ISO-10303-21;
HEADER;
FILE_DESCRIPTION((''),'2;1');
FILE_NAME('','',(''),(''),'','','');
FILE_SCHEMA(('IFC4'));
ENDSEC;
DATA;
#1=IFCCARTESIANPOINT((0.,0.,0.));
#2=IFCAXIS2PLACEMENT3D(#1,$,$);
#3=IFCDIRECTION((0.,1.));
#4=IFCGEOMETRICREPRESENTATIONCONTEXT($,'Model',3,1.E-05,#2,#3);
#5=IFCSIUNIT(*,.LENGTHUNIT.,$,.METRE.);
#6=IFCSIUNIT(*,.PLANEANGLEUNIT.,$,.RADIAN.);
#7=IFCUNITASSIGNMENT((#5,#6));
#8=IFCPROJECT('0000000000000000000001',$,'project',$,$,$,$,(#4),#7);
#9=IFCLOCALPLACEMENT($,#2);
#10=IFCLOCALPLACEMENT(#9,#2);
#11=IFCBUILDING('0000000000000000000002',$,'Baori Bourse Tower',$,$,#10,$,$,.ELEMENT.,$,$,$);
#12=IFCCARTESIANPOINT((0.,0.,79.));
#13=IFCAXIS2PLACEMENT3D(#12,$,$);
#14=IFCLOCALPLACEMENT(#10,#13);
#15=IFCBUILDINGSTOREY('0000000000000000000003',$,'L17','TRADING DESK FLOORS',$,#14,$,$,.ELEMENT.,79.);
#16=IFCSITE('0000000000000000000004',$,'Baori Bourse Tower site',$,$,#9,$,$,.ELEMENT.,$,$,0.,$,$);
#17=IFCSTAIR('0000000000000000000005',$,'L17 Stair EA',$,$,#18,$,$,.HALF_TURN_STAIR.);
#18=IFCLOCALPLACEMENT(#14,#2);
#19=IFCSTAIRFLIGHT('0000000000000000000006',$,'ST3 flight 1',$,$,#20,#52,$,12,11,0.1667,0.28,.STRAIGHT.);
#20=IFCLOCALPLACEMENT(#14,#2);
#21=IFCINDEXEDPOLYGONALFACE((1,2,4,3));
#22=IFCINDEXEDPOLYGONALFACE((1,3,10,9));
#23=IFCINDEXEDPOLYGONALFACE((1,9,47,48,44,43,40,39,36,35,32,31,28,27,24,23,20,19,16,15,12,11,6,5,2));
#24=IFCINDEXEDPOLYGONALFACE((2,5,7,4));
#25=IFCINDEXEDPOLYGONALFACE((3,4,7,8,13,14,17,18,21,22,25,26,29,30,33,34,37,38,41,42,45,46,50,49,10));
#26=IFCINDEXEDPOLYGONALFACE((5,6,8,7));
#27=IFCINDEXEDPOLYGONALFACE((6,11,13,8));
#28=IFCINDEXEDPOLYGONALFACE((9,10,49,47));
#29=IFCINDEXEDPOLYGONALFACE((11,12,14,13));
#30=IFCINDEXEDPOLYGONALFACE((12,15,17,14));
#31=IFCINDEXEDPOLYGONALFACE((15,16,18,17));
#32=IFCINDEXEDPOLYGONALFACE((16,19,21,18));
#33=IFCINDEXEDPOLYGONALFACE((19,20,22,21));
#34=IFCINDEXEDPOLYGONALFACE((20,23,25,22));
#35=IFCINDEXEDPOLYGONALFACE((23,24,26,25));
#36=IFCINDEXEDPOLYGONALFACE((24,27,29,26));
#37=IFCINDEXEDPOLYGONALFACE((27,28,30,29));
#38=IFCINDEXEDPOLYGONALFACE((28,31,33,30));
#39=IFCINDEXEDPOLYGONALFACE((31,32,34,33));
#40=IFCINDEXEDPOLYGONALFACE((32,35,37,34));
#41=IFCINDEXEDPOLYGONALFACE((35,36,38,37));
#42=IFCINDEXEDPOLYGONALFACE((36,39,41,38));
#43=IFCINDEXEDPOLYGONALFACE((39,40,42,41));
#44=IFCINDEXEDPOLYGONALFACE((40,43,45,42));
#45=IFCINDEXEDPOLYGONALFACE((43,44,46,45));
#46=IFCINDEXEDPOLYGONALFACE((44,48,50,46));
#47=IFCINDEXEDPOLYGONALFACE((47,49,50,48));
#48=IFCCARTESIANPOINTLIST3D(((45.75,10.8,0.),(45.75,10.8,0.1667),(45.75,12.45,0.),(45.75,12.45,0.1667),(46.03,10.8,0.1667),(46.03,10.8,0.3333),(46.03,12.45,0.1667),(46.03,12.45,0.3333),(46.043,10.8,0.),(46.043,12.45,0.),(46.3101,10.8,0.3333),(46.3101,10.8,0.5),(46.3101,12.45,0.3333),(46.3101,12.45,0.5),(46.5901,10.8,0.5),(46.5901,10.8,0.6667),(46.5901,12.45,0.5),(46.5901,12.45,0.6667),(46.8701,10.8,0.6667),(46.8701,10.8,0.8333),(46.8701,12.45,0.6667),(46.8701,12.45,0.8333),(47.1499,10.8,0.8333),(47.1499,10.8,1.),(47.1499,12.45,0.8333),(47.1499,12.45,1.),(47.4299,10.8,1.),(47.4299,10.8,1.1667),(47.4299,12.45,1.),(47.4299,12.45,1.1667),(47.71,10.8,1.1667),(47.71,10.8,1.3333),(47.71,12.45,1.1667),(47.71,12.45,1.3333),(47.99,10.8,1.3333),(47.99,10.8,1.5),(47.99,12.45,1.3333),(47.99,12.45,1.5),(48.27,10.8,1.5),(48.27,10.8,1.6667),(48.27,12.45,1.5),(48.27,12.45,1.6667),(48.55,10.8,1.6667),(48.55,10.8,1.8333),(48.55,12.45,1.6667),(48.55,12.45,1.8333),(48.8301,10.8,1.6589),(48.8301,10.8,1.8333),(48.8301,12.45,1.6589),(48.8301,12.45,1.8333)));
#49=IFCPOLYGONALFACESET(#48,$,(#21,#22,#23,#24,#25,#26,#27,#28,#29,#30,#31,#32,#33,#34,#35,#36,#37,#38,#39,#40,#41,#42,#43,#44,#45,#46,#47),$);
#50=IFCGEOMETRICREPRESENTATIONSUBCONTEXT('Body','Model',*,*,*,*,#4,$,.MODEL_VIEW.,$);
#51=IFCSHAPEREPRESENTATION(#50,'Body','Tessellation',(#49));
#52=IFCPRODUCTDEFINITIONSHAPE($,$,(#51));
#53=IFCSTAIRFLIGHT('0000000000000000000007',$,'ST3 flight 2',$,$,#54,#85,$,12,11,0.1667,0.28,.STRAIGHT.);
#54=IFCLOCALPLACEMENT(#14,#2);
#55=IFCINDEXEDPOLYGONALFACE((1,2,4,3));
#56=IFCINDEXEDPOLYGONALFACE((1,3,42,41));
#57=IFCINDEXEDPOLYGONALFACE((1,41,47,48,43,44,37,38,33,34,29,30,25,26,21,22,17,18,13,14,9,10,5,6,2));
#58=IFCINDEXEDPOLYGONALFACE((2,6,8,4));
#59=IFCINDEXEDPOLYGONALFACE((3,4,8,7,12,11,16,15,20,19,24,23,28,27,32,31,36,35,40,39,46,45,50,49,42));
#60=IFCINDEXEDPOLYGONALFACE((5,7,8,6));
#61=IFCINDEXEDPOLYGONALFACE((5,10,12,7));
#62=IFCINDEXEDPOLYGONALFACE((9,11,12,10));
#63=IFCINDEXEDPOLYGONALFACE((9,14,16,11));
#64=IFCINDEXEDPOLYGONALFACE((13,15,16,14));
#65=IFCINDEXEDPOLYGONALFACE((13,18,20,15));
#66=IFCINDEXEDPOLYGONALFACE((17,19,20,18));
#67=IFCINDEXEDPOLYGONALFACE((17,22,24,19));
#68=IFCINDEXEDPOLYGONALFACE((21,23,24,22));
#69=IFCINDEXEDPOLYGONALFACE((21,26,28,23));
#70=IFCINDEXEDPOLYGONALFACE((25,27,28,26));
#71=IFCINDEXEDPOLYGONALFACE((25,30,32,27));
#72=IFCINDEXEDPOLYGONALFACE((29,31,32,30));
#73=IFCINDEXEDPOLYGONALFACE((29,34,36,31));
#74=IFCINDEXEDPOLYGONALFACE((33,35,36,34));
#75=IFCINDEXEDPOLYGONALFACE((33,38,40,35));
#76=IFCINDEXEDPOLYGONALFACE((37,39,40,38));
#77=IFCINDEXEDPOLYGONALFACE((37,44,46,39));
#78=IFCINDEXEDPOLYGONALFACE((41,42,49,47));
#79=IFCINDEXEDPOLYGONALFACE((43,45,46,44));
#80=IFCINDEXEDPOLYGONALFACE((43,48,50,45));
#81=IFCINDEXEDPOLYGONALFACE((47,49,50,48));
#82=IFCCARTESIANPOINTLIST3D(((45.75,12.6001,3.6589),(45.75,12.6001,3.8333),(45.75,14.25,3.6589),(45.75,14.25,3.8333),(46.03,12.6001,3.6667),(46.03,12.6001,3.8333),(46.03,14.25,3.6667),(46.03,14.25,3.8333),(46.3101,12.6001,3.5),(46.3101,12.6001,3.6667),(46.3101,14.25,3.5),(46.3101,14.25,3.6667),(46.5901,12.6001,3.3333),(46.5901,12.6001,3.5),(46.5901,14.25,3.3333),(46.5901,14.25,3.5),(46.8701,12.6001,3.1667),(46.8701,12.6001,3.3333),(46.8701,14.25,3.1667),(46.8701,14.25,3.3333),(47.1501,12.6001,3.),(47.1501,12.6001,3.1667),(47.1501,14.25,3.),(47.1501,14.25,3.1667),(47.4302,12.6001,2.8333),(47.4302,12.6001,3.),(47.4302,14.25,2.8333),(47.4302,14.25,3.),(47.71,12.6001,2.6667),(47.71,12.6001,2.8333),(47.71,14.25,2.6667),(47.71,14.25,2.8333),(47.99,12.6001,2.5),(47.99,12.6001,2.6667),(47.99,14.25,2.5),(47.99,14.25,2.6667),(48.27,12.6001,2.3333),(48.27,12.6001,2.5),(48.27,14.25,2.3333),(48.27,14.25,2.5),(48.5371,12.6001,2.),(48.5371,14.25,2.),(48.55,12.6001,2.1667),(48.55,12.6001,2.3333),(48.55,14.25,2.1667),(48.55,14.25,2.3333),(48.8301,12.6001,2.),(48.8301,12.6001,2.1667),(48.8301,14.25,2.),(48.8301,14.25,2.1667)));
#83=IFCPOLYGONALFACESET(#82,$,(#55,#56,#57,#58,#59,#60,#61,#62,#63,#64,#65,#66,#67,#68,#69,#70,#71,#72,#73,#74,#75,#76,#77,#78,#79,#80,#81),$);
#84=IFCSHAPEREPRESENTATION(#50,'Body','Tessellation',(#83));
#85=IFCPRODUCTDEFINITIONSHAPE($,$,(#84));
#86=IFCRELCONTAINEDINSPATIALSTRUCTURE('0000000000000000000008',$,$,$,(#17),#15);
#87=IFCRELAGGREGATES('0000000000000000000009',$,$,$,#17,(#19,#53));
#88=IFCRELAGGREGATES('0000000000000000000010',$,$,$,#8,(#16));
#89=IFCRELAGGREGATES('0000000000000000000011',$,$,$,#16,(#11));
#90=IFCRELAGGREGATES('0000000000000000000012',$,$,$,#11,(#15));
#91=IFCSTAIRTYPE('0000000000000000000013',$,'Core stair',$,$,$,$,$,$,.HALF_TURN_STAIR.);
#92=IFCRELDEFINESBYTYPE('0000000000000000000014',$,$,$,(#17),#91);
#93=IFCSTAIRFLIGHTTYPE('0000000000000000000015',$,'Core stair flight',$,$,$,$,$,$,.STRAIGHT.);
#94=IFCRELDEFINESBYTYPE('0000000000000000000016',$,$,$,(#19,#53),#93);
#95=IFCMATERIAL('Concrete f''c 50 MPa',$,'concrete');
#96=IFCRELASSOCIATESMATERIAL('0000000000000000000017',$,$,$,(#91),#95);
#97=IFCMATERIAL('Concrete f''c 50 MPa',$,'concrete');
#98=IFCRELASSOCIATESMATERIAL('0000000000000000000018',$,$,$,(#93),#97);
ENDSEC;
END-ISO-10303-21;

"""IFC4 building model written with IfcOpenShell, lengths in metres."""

from ifc_helpers import new_model, si_unit, direction, frame, origin, place, context, subcontext, project, spatial, polyline, outline, extrude, material, type_object, element, aggregate, save


model = new_model("IFC4")

# Units and contexts
model_context = context("Model", 3, precision=1e-05, world=origin(), true_north=direction((0.0, 1.0)))
body_context = subcontext(model_context, "Body", "Model", "MODEL_VIEW")
ifc_project = project(units=[si_unit("LENGTHUNIT", "METRE"), si_unit("PLANEANGLEUNIT", "RADIAN")], contexts=[model_context])

# Site, building, storey
site_placement = place(None, origin())
site = spatial("IfcSite", under=ifc_project, at=site_placement, Name="Baori Bourse Tower site", CompositionType="ELEMENT", RefElevation=0.0)
building_placement = place(site_placement, origin())
building = spatial("IfcBuilding", under=site, at=building_placement, Name="Baori Bourse Tower", CompositionType="ELEMENT")
storey_placement = place(building_placement, frame((0.0, 0.0, 79.0)))
storey = spatial("IfcBuildingStorey", under=building, at=storey_placement, Name="L17", Description="TRADING DESK FLOORS", CompositionType="ELEMENT", Elevation=79.0)

# Stair, stair flights
ifc_material_1 = material(Name="Concrete f'c 50 MPa", Category="concrete")
stair_type = type_object("IfcStairType", Name="Core stair", PredefinedType="HALF_TURN_STAIR", material=ifc_material_1)
stair_placement = place(storey_placement, origin())
stair = element("IfcStair", 1, at=stair_placement, inside=storey, type_object=stair_type, Name="L17 Stair EA", PredefinedType="HALF_TURN_STAIR")
ifc_material_2 = material(Name="Concrete f'c 50 MPa", Category="concrete")
stair_flight_type = type_object("IfcStairFlightType", Name="Core stair flight", PredefinedType="STRAIGHT", material=ifc_material_2)
stair_flight_1_placement = place(storey_placement, frame((45.75, 11.625, 0.0), z_axis=(0.0, 0.0, 1.0), x_axis=(1.0, 0.0, 0.0)))
stair_flight_1 = element("IfcStairFlight", 2, at=stair_flight_1_placement, type_object=stair_flight_type, Name="ST3 flight 1", NumberOfRisers=12, NumberOfTreads=11, PredefinedType="STRAIGHT", RiserHeight=0.1667, TreadLength=0.28, context=body_context, shape_type="SweptSolid", body=[
    extrude(outline(polyline([(0.0, 0.0), (0.0, 0.1667), (0.28, 0.1667), (0.28, 0.3333), (0.5601, 0.3333), (0.5601, 0.5), (0.8401, 0.5), (0.8401, 0.6667), (1.1201, 0.6667), (1.1201, 0.8333), (1.3999, 0.8333), (1.3999, 1.0), (1.6799, 1.0), (1.6799, 1.1667), (1.96, 1.1667), (1.96, 1.3333), (2.24, 1.3333), (2.24, 1.5), (2.52, 1.5), (2.52, 1.6667), (2.8, 1.6667), (2.8, 1.8333), (3.0801, 1.8333), (3.0801, 2.0), (3.0801, 1.6589), (0.293, 0.0), (0.0, 0.0)])), frame((0.0, 0.825, 0.0), z_axis=(0.0, -1.0, 0.0), x_axis=(1.0, 0.0, 0.0)), (0.0, 0.0, 1.0), 1.6499),
])
stair_flight_2_placement = place(storey_placement, frame((48.8301, 13.425, 2.0), z_axis=(0.0, 0.0, 1.0), x_axis=(-1.0, 0.0, 0.0)))
stair_flight_2 = element("IfcStairFlight", 3, at=stair_flight_2_placement, type_object=stair_flight_type, Name="ST3 flight 2", NumberOfRisers=12, NumberOfTreads=11, PredefinedType="STRAIGHT", RiserHeight=0.1667, TreadLength=0.28, context=body_context, shape_type="SweptSolid", body=[
    extrude(outline(polyline([(0.0, 0.0), (0.0, 0.1667), (0.28, 0.1667), (0.28, 0.3333), (0.5601, 0.3333), (0.5601, 0.5), (0.8401, 0.5), (0.8401, 0.6667), (1.1201, 0.6667), (1.1201, 0.8333), (1.3999, 0.8333), (1.3999, 1.0), (1.6799, 1.0), (1.6799, 1.1667), (1.96, 1.1667), (1.96, 1.3333), (2.24, 1.3333), (2.24, 1.5), (2.52, 1.5), (2.52, 1.6667), (2.8, 1.6667), (2.8, 1.8333), (3.0801, 1.8333), (3.0801, 2.0), (3.0801, 1.6589), (0.293, 0.0), (0.0, 0.0)])), frame((0.0, 0.825, 0.0), z_axis=(0.0, -1.0, 0.0), x_axis=(1.0, 0.0, 0.0)), (0.0, 0.0, 1.0), 1.6499),
])
aggregate(stair, [stair_flight_1, stair_flight_2])

save(model, "model.ifc")
